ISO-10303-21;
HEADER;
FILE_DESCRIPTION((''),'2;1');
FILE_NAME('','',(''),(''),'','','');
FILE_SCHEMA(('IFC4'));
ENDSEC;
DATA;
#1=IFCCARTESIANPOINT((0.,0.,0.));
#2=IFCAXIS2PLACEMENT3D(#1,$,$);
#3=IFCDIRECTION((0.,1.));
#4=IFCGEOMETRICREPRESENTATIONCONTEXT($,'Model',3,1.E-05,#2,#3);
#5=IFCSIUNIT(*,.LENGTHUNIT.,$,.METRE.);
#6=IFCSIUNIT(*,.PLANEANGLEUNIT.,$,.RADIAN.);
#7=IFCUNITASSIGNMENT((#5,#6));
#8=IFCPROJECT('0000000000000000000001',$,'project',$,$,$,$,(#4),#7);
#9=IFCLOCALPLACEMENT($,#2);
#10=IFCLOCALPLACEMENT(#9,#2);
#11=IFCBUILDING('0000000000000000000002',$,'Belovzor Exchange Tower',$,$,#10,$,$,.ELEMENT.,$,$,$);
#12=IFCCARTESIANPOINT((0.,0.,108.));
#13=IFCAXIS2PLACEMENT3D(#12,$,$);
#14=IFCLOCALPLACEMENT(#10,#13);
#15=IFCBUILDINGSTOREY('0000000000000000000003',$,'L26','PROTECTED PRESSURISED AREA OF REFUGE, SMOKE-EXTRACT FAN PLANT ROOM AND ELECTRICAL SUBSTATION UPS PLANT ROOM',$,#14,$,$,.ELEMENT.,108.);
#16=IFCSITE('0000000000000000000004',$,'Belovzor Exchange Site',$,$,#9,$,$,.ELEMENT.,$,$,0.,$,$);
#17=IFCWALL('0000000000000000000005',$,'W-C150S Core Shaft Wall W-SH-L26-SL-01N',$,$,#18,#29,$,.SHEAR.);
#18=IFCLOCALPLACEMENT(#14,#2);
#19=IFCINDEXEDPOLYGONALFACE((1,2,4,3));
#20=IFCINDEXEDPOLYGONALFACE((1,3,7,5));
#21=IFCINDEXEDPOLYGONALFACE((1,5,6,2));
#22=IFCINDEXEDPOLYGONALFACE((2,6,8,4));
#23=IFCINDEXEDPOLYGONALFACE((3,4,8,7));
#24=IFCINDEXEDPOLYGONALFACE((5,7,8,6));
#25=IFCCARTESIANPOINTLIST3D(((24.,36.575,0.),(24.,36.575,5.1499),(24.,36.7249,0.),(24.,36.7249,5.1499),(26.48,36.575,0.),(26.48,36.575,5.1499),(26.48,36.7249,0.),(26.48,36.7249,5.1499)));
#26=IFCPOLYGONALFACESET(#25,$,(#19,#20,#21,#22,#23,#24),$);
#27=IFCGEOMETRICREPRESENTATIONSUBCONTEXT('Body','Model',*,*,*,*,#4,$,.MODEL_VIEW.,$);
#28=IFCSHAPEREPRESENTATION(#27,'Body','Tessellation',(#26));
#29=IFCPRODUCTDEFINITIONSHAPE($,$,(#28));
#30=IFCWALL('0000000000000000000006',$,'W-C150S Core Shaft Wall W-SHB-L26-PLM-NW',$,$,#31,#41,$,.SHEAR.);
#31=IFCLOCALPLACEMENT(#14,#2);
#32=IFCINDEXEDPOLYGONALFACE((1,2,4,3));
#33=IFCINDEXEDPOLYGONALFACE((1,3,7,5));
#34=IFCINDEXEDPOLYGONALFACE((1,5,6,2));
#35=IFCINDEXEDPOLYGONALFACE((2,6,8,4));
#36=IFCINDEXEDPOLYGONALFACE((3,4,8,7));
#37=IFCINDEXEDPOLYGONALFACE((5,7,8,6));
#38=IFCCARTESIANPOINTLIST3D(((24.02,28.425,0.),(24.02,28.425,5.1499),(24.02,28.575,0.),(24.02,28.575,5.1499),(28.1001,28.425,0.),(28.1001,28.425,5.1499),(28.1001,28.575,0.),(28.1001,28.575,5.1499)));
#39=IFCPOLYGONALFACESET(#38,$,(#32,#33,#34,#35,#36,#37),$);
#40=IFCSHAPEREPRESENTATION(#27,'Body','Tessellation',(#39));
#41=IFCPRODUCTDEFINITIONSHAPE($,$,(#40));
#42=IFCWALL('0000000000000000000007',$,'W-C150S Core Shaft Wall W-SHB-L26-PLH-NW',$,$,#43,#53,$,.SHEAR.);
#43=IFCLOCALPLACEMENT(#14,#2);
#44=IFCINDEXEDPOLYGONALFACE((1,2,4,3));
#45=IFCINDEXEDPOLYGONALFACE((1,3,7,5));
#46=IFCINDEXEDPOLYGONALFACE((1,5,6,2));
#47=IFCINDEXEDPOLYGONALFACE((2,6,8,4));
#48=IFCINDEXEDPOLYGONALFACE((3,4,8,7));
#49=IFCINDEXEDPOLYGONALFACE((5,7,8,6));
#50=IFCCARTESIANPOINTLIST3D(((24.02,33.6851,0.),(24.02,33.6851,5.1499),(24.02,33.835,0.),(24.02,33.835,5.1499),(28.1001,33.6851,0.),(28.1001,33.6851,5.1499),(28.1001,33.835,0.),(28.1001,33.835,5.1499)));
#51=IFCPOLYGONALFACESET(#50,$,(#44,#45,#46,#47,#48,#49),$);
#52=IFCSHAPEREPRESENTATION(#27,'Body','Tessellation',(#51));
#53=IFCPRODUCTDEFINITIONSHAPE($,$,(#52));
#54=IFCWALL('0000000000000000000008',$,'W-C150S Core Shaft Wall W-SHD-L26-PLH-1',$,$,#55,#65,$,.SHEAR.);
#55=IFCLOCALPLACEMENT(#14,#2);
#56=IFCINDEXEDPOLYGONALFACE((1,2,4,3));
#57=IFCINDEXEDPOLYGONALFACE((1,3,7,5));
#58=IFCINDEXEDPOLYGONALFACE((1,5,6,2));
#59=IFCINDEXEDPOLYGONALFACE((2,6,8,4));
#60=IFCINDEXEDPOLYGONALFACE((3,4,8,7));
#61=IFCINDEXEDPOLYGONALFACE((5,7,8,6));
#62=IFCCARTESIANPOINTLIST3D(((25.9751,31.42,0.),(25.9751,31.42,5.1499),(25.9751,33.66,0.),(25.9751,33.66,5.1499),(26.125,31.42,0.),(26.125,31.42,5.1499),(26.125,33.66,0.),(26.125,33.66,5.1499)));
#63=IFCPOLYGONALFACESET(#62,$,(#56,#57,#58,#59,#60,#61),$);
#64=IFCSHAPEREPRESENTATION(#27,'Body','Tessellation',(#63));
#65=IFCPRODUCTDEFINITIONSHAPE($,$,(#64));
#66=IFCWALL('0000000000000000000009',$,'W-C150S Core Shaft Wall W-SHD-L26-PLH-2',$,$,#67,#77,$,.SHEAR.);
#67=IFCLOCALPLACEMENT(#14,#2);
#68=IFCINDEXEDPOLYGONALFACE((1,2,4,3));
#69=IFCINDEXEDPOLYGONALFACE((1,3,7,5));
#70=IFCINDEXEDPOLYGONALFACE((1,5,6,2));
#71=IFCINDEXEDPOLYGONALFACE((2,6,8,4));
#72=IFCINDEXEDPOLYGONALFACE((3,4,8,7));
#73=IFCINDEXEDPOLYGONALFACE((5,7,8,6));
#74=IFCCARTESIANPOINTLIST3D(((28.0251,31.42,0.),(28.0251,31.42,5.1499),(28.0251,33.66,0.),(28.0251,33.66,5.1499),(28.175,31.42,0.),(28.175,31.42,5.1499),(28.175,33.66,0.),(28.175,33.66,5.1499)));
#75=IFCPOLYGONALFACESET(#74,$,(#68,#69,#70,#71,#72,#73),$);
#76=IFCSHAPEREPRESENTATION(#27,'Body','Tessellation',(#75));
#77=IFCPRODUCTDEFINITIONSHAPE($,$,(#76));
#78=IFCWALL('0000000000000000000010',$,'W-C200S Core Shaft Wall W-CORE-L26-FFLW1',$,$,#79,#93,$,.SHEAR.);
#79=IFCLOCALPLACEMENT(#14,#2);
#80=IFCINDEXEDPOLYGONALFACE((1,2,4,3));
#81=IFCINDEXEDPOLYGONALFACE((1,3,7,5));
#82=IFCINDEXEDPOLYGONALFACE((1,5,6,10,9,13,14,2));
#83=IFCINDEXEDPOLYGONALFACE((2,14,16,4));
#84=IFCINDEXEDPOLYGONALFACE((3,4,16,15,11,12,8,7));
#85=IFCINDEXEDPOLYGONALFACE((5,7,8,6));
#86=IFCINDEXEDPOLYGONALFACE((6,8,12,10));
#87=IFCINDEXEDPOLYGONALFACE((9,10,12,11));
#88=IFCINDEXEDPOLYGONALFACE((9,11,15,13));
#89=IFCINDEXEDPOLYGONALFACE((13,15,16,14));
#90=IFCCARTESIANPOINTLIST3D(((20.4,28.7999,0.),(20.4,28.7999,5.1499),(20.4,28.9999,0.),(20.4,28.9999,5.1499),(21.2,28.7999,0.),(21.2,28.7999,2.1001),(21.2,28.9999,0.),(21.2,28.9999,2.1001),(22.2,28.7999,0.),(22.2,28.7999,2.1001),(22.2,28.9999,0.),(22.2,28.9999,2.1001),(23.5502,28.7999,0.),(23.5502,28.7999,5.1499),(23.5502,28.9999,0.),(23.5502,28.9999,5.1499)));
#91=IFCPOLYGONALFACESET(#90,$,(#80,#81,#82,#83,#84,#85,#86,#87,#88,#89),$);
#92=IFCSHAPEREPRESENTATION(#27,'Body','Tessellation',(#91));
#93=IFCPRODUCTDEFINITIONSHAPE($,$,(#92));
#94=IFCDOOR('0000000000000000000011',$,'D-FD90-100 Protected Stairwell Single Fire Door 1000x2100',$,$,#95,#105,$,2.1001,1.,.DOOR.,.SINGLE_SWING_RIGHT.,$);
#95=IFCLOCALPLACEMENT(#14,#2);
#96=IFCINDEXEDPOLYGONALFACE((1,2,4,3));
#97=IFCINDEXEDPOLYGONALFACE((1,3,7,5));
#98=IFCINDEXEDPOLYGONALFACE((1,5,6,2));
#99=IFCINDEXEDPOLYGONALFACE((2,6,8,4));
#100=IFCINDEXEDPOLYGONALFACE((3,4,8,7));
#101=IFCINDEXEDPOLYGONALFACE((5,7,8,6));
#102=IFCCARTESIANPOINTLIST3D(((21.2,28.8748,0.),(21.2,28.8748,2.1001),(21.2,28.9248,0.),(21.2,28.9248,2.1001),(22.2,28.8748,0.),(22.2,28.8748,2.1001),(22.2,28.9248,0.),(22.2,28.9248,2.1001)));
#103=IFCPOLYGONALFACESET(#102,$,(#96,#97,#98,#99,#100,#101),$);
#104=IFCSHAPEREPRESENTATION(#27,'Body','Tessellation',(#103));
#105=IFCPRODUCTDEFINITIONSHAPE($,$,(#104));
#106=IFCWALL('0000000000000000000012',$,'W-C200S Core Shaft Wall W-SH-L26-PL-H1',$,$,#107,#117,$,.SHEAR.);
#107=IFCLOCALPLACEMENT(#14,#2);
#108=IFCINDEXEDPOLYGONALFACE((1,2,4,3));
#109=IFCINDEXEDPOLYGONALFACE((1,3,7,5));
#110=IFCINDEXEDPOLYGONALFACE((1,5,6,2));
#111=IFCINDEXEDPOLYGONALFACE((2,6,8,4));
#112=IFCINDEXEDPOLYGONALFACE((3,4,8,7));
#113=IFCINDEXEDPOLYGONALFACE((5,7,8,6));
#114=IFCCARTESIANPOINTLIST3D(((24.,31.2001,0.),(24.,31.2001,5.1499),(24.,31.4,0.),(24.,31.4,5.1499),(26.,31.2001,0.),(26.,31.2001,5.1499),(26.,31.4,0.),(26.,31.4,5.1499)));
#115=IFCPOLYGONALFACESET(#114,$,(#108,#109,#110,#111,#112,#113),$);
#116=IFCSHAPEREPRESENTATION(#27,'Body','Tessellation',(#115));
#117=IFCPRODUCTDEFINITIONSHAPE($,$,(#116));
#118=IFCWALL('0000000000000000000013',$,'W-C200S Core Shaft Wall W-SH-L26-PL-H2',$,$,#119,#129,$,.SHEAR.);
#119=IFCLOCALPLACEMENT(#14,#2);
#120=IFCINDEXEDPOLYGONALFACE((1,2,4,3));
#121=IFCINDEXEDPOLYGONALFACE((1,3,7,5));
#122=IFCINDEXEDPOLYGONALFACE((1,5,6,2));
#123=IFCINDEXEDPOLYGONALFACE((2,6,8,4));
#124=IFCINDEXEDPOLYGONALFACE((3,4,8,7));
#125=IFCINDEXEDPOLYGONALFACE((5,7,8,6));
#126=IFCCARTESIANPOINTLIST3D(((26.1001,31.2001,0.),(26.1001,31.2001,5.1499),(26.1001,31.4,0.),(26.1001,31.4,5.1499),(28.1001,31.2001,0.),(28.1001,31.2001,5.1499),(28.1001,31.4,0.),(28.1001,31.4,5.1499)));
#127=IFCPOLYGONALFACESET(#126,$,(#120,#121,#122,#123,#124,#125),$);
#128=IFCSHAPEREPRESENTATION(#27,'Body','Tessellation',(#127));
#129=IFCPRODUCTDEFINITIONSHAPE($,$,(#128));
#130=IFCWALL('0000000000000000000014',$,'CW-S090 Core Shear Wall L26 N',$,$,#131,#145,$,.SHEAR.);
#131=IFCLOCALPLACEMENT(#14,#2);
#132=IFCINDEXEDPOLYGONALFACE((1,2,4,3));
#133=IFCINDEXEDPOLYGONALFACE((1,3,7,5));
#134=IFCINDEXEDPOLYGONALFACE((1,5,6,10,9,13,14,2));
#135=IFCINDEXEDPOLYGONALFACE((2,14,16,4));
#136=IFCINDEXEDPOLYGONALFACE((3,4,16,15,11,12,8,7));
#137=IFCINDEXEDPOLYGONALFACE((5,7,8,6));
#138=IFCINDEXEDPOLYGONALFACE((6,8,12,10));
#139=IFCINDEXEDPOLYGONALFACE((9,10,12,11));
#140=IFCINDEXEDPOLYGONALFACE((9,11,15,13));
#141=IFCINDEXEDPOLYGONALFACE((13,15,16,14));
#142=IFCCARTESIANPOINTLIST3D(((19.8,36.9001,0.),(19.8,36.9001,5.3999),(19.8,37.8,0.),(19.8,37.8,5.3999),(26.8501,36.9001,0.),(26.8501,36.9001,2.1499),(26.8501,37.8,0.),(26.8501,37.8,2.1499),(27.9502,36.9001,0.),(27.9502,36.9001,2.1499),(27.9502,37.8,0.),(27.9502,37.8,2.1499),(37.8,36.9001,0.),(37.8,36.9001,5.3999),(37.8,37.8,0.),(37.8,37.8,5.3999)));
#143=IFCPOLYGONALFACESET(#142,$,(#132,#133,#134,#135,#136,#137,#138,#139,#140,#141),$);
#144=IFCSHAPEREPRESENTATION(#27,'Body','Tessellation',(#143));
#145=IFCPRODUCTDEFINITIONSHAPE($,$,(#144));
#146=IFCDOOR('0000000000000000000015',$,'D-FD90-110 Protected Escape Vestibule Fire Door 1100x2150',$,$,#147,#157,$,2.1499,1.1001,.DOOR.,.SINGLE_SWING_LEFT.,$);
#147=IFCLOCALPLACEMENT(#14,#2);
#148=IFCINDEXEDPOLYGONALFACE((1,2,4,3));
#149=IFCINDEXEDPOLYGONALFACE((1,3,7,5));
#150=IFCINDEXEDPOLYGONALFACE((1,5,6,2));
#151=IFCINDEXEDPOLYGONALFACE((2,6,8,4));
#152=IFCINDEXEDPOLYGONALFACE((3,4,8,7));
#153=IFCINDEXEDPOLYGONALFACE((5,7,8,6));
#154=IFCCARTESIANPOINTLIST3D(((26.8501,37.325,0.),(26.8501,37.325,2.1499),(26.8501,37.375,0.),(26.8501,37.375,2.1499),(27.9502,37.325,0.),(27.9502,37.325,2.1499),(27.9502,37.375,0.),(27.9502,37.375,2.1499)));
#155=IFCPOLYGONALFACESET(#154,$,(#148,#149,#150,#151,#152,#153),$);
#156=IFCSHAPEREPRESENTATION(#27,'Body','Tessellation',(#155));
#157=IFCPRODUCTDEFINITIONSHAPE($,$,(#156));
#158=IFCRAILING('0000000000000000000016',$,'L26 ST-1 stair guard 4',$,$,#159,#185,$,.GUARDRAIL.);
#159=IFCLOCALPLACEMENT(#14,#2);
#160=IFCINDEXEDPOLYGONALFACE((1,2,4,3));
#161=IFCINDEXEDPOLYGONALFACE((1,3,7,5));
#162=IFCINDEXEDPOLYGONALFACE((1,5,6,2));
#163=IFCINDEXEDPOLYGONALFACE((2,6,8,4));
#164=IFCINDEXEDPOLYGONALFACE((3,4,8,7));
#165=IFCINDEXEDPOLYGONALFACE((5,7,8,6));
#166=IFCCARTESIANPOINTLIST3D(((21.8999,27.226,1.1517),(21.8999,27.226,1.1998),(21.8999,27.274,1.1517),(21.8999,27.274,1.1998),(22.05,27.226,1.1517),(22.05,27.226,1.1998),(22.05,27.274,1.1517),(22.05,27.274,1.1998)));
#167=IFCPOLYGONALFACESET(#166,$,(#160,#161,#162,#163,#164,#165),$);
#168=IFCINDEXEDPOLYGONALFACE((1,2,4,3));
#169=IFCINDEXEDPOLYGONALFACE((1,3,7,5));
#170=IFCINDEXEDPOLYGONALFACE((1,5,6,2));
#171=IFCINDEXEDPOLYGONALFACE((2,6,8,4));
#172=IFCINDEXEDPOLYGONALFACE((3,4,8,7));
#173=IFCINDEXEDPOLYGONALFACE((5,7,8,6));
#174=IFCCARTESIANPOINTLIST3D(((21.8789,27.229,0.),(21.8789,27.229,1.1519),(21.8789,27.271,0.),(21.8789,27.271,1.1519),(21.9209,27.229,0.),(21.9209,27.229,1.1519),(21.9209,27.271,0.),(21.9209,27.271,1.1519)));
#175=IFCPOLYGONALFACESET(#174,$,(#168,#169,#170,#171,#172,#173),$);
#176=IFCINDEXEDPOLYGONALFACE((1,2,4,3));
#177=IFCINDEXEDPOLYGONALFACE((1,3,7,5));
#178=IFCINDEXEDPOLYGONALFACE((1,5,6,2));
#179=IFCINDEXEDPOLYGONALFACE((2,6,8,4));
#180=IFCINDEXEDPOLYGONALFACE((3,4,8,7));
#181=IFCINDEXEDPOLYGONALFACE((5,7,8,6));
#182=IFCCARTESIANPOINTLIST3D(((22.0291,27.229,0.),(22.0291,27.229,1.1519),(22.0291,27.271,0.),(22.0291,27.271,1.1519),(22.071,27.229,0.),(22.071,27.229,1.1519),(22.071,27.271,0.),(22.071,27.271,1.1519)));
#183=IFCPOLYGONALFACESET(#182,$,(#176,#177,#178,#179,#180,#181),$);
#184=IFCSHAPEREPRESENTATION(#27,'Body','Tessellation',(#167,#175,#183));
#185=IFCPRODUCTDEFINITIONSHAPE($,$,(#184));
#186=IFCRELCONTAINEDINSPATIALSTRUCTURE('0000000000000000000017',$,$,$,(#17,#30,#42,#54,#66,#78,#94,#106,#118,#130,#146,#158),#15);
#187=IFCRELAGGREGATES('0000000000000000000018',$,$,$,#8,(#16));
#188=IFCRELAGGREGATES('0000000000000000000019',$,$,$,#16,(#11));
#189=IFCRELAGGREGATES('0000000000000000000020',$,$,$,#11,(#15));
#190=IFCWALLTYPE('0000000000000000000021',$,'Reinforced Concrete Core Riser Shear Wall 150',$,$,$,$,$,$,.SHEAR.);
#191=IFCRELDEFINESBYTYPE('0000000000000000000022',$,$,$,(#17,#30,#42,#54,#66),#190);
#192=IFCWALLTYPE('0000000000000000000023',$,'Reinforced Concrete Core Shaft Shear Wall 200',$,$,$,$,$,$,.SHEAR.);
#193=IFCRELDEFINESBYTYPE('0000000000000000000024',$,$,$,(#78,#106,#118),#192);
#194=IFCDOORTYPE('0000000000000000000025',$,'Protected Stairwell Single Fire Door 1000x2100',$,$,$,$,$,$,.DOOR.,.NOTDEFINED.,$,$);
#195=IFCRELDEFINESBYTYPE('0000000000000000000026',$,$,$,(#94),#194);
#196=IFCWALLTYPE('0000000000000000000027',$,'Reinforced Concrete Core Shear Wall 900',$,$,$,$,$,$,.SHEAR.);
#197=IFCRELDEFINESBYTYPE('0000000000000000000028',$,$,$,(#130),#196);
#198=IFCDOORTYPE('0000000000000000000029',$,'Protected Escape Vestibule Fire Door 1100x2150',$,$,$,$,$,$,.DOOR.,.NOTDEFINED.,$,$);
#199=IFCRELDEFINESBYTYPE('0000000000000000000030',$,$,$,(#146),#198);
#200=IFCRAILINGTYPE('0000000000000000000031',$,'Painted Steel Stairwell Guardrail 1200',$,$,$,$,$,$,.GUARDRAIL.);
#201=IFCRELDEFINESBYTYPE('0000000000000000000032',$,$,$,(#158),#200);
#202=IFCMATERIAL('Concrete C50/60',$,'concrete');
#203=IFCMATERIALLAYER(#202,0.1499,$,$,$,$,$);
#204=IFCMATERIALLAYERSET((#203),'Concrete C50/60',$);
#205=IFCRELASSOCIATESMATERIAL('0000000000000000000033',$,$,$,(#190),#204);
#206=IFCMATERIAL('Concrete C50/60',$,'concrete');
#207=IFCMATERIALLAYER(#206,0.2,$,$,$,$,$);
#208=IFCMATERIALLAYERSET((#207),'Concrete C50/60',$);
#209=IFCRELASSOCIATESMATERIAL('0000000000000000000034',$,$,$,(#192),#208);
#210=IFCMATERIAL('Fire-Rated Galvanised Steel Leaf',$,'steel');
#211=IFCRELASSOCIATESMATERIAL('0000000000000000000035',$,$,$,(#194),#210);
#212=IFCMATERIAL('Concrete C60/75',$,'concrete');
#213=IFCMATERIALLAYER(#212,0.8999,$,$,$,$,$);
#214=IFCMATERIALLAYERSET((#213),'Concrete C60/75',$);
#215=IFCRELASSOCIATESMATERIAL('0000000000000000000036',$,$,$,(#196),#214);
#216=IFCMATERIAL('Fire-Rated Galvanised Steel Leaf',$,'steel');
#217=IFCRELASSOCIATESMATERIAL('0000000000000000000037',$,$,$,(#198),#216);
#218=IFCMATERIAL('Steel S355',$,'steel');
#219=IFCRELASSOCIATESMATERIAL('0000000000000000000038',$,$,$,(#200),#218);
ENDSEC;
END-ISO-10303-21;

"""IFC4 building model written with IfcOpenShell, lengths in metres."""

from ifc_helpers import new_model, si_unit, direction, frame, frame_2d, origin, origin_2d, place, context, subcontext, project, spatial, rectangle, extrude, material, layer, layer_set, type_object, element, fill, save


model = new_model("IFC4")

# Units and contexts
model_context = context("Model", 3, precision=1e-05, world=origin(), true_north=direction((0.0, 1.0)))
body_context = subcontext(model_context, "Body", "Model", "MODEL_VIEW")
ifc_project = project(units=[si_unit("LENGTHUNIT", "METRE"), si_unit("PLANEANGLEUNIT", "RADIAN")], contexts=[model_context])

# Site, building, storey
site_placement = place(None, origin())
site = spatial("IfcSite", under=ifc_project, at=site_placement, Name="Belovzor Exchange Site", CompositionType="ELEMENT", RefElevation=0.0)
building_placement = place(site_placement, origin())
building = spatial("IfcBuilding", under=site, at=building_placement, Name="Belovzor Exchange Tower", CompositionType="ELEMENT")
storey_placement = place(building_placement, frame((0.0, 0.0, 108.0)))
storey = spatial("IfcBuildingStorey", under=building, at=storey_placement, Name="L26", Description="PROTECTED PRESSURISED AREA OF REFUGE, SMOKE-EXTRACT FAN PLANT ROOM AND ELECTRICAL SUBSTATION UPS PLANT ROOM", CompositionType="ELEMENT", Elevation=108.0)

# Walls
ifc_material_1 = material(Name="Concrete C50/60", Category="concrete")
ifc_layer_1 = layer(ifc_material_1, 0.1499)
ifc_layer_set_1 = layer_set([ifc_layer_1], Name="Concrete C50/60")
wall_type_1 = type_object("IfcWallType", Name="Reinforced Concrete Core Riser Shear Wall 150", PredefinedType="SHEAR", material=ifc_layer_set_1)
for number, where, z_axis, x_axis, name in (
    (1, (24.0, 36.6499, 0.0), (0.0, 0.0, 1.0), (1.0, 0.0, 0.0), "W-C150S Core Shaft Wall W-SH-L26-SL-01N"),
):
    element("IfcWall", number, at=place(storey_placement, frame(where, z_axis=z_axis, x_axis=x_axis)), inside=storey, type_object=wall_type_1, Name=name, PredefinedType="SHEAR", context=body_context, shape_type="SweptSolid", body=[
        extrude(rectangle(XDim=2.48, YDim=0.1499, at=frame_2d((1.24, 0.0))), origin(), (0.0, 0.0, 1.0), 5.1499),
    ])
for number, where, z_axis, x_axis, name in (
    (2, (24.02, 28.5, 0.0), (0.0, 0.0, 1.0), (1.0, 0.0, 0.0), "W-C150S Core Shaft Wall W-SHB-L26-PLM-NW"),
    (3, (24.02, 33.76, 0.0), (0.0, 0.0, 1.0), (1.0, 0.0, 0.0), "W-C150S Core Shaft Wall W-SHB-L26-PLH-NW"),
):
    element("IfcWall", number, at=place(storey_placement, frame(where, z_axis=z_axis, x_axis=x_axis)), inside=storey, type_object=wall_type_1, Name=name, PredefinedType="SHEAR", context=body_context, shape_type="SweptSolid", body=[
        extrude(rectangle(XDim=4.0801, YDim=0.1499, at=frame_2d((2.04, 0.0))), origin(), (0.0, 0.0, 1.0), 5.1499),
    ])
for number, where, z_axis, x_axis, name in (
    (4, (26.05, 31.4199, 0.0), (0.0, 0.0, 1.0), (0.0, 1.0, 0.0), "W-C150S Core Shaft Wall W-SHD-L26-PLH-1"),
    (5, (28.1001, 31.4199, 0.0), (0.0, 0.0, 1.0), (0.0, 1.0, 0.0), "W-C150S Core Shaft Wall W-SHD-L26-PLH-2"),
):
    element("IfcWall", number, at=place(storey_placement, frame(where, z_axis=z_axis, x_axis=x_axis)), inside=storey, type_object=wall_type_1, Name=name, PredefinedType="SHEAR", context=body_context, shape_type="SweptSolid", body=[
        extrude(rectangle(XDim=2.24, YDim=0.1499, at=frame_2d((1.1201, 0.0))), origin(), (0.0, 0.0, 1.0), 5.1499),
    ])

# Wall, opening, door
ifc_material_2 = material(Name="Concrete C50/60", Category="concrete")
ifc_layer_2 = layer(ifc_material_2, 0.2)
ifc_layer_set_2 = layer_set([ifc_layer_2], Name="Concrete C50/60")
wall_type_2 = type_object("IfcWallType", Name="Reinforced Concrete Core Shaft Shear Wall 200", PredefinedType="SHEAR", material=ifc_layer_set_2)
wall_1_placement = place(storey_placement, frame((20.3999, 28.8999, 0.0), z_axis=(0.0, 0.0, 1.0), x_axis=(1.0, 0.0, 0.0)))
wall_1 = element("IfcWall", 6, at=wall_1_placement, inside=storey, type_object=wall_type_2, Name="W-C200S Core Shaft Wall W-CORE-L26-FFLW1", PredefinedType="SHEAR", context=body_context, shape_type="SweptSolid", body=[
    extrude(rectangle(XDim=3.1501, YDim=0.2, at=frame_2d((1.5752, 0.0))), origin(), (0.0, 0.0, 1.0), 5.1499),
])
opening_1_placement = place(wall_1_placement, frame((0.8, 0.0, 0.0)))
opening_1 = element("IfcOpeningElement", 7, at=opening_1_placement, cuts=wall_1, PredefinedType="OPENING", context=body_context, shape_type="SweptSolid", body=[
    extrude(rectangle(XDim=1.0, YDim=2.1001, at=frame_2d((0.5, 1.05))), frame((0.0, 0.1099, 0.0), z_axis=(0.0, -1.0, 0.0), x_axis=(1.0, 0.0, 0.0)), (0.0, 0.0, 1.0), 0.22),
])
ifc_material_3 = material(Name="Fire-Rated Galvanised Steel Leaf", Category="steel")
door_type_1 = type_object("IfcDoorType", Name="Protected Stairwell Single Fire Door 1000x2100", OperationType="NOTDEFINED", PredefinedType="DOOR", material=ifc_material_3)
door_1_placement = place(opening_1_placement, origin())
door_1 = element("IfcDoor", 8, at=door_1_placement, inside=storey, type_object=door_type_1, Name="D-FD90-100 Protected Stairwell Single Fire Door 1000x2100", OperationType="SINGLE_SWING_RIGHT", OverallHeight=2.1001, OverallWidth=1.0, PredefinedType="DOOR", context=body_context, shape_type="SweptSolid", body=[
    extrude(rectangle(XDim=1.0, YDim=2.1001, at=frame_2d((0.5, 1.05))), frame((0.0, 0.0249, 0.0), z_axis=(0.0, -1.0, 0.0), x_axis=(1.0, 0.0, 0.0)), (0.0, 0.0, 1.0), 0.05),
])
fill(opening_1, door_1)

# Walls
for number, where, z_axis, x_axis, name in (
    (9, (24.0, 31.3, 0.0), (0.0, 0.0, 1.0), (1.0, 0.0, 0.0), "W-C200S Core Shaft Wall W-SH-L26-PL-H1"),
    (10, (26.1001, 31.3, 0.0), (0.0, 0.0, 1.0), (1.0, 0.0, 0.0), "W-C200S Core Shaft Wall W-SH-L26-PL-H2"),
):
    element("IfcWall", number, at=place(storey_placement, frame(where, z_axis=z_axis, x_axis=x_axis)), inside=storey, type_object=wall_type_2, Name=name, PredefinedType="SHEAR", context=body_context, shape_type="SweptSolid", body=[
        extrude(rectangle(XDim=2.0, YDim=0.2, at=frame_2d((1.0, 0.0))), origin(), (0.0, 0.0, 1.0), 5.1499),
    ])

# Wall, opening, door
ifc_material_4 = material(Name="Concrete C60/75", Category="concrete")
ifc_layer_3 = layer(ifc_material_4, 0.8999)
ifc_layer_set_3 = layer_set([ifc_layer_3], Name="Concrete C60/75")
wall_type_3 = type_object("IfcWallType", Name="Reinforced Concrete Core Shear Wall 900", PredefinedType="SHEAR", material=ifc_layer_set_3)
wall_2_placement = place(storey_placement, frame((19.8, 37.3501, 0.0), z_axis=(0.0, 0.0, 1.0), x_axis=(1.0, 0.0, 0.0)))
wall_2 = element("IfcWall", 11, at=wall_2_placement, inside=storey, type_object=wall_type_3, Name="CW-S090 Core Shear Wall L26 N", PredefinedType="SHEAR", context=body_context, shape_type="SweptSolid", body=[
    extrude(rectangle(XDim=18.0, YDim=0.8999, at=frame_2d((9.0, 0.0))), origin(), (0.0, 0.0, 1.0), 5.3999),
])
opening_2_placement = place(wall_2_placement, frame((7.05, 0.0, 0.0)))
opening_2 = element("IfcOpeningElement", 12, at=opening_2_placement, cuts=wall_2, PredefinedType="OPENING", context=body_context, shape_type="SweptSolid", body=[
    extrude(rectangle(XDim=1.1001, YDim=2.1499, at=frame_2d((0.55, 1.075))), frame((0.0, 0.46, 0.0), z_axis=(0.0, -1.0, 0.0), x_axis=(1.0, 0.0, 0.0)), (0.0, 0.0, 1.0), 0.9199),
])
ifc_material_5 = material(Name="Fire-Rated Galvanised Steel Leaf", Category="steel")
door_type_2 = type_object("IfcDoorType", Name="Protected Escape Vestibule Fire Door 1100x2150", OperationType="NOTDEFINED", PredefinedType="DOOR", material=ifc_material_5)
door_2_placement = place(opening_2_placement, origin())
door_2 = element("IfcDoor", 13, at=door_2_placement, inside=storey, type_object=door_type_2, Name="D-FD90-110 Protected Escape Vestibule Fire Door 1100x2150", OperationType="SINGLE_SWING_LEFT", OverallHeight=2.1499, OverallWidth=1.1001, PredefinedType="DOOR", context=body_context, shape_type="SweptSolid", body=[
    extrude(rectangle(XDim=1.1001, YDim=2.1499, at=frame_2d((0.55, 1.075))), frame((0.0, 0.0249, 0.0), z_axis=(0.0, -1.0, 0.0), x_axis=(1.0, 0.0, 0.0)), (0.0, 0.0, 1.0), 0.05),
])
fill(opening_2, door_2)

# Railing
ifc_material_6 = material(Name="Steel S355", Category="steel")
railing_type = type_object("IfcRailingType", Name="Painted Steel Stairwell Guardrail 1200", PredefinedType="GUARDRAIL", material=ifc_material_6)
railing_placement = place(storey_placement, frame((21.8999, 27.25, 0.0)))
element("IfcRailing", 14, at=railing_placement, inside=storey, type_object=railing_type, Name="L26 ST-1 stair guard 4", PredefinedType="GUARDRAIL", context=body_context, shape_type="SweptSolid", body=[
    extrude(rectangle(XDim=0.0481, YDim=0.0481, at=origin_2d()), frame((0.0, 0.0, 1.1758), z_axis=(1.0, 0.0, 0.0), x_axis=(0.0, 1.0, 0.0)), (0.0, 0.0, 1.0), 0.1501),
    extrude(rectangle(XDim=0.042, YDim=0.042, at=origin_2d()), origin(), (0.0, 0.0, 1.0), 1.1519),
    extrude(rectangle(XDim=0.042, YDim=0.042, at=origin_2d()), frame((0.1501, 0.0, 0.0)), (0.0, 0.0, 1.0), 1.1519),
])

save(model, "model.ifc")
